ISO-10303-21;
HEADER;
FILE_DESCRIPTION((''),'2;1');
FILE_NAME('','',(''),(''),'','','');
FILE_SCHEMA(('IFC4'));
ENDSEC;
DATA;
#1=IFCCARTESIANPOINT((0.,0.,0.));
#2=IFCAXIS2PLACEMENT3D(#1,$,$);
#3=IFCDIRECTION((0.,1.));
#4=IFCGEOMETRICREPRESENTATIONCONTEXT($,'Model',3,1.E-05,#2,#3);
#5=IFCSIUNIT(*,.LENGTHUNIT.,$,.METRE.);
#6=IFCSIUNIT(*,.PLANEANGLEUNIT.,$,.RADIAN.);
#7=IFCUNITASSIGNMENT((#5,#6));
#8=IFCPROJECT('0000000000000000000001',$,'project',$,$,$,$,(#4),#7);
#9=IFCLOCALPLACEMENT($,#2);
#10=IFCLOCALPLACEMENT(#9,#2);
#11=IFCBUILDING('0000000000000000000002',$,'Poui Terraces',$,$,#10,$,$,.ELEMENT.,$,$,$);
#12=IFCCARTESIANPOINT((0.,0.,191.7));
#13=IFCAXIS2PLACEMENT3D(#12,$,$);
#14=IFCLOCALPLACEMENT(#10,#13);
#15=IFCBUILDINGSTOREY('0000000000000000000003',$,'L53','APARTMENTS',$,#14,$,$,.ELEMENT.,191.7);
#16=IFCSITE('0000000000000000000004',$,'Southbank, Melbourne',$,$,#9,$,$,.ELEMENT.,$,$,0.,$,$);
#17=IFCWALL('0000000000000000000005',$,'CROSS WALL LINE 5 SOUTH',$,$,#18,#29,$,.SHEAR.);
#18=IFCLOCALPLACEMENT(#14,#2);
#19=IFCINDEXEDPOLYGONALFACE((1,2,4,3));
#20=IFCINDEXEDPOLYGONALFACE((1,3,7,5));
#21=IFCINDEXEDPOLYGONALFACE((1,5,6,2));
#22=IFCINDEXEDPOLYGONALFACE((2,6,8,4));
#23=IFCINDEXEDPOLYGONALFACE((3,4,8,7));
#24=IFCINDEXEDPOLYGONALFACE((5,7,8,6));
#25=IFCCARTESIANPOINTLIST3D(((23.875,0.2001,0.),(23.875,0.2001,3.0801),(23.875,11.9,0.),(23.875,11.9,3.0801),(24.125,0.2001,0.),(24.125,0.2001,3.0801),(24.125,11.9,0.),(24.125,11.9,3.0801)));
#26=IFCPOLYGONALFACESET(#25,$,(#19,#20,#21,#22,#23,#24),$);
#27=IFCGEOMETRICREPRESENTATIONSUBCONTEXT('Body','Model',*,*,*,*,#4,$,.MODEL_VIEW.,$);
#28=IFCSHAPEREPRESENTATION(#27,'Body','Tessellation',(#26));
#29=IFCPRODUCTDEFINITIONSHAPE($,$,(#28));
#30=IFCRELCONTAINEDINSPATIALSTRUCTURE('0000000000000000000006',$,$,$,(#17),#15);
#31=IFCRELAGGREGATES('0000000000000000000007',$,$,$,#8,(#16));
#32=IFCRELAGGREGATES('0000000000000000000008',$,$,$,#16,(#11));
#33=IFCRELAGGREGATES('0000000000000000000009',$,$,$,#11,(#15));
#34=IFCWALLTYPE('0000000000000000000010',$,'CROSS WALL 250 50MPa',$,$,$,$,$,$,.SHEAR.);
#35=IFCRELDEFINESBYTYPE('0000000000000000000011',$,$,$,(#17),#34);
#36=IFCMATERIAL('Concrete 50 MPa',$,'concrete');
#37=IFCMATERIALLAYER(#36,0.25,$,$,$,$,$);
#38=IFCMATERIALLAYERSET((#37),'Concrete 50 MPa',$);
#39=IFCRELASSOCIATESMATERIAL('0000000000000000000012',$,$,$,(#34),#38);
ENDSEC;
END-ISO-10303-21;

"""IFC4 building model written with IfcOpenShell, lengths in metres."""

from ifc_helpers import new_model, si_unit, direction, frame, frame_2d, origin, place, context, subcontext, project, spatial, rectangle, extrude, material, layer, layer_set, type_object, element, save


model = new_model("IFC4")

# Units and contexts
model_context = context("Model", 3, precision=1e-05, world=origin(), true_north=direction((0.0, 1.0)))
body_context = subcontext(model_context, "Body", "Model", "MODEL_VIEW")
ifc_project = project(units=[si_unit("LENGTHUNIT", "METRE"), si_unit("PLANEANGLEUNIT", "RADIAN")], contexts=[model_context])

# Site, building, storey
site_placement = place(None, origin())
site = spatial("IfcSite", under=ifc_project, at=site_placement, Name="Southbank, Melbourne", CompositionType="ELEMENT", RefElevation=0.0)
building_placement = place(site_placement, origin())
building = spatial("IfcBuilding", under=site, at=building_placement, Name="Poui Terraces", CompositionType="ELEMENT")
storey_placement = place(building_placement, frame((0.0, 0.0, 191.7)))
storey = spatial("IfcBuildingStorey", under=building, at=storey_placement, Name="L53", Description="APARTMENTS", CompositionType="ELEMENT", Elevation=191.7)

# Wall
ifc_material_1 = material(Name="Concrete 50 MPa", Category="concrete")
ifc_layer_1 = layer(ifc_material_1, 0.25)
ifc_layer_set_1 = layer_set([ifc_layer_1], Name="Concrete 50 MPa")
wall_type_1 = type_object("IfcWallType", Name="CROSS WALL 250 50MPa", PredefinedType="SHEAR", material=ifc_layer_set_1)
wall_1_placement = place(storey_placement, frame((24.0, 0.2, 0.0), z_axis=(0.0, 0.0, 1.0), x_axis=(0.0, 1.0, 0.0)))
element("IfcWall", 1, at=wall_1_placement, inside=storey, type_object=wall_type_1, Name="CROSS WALL LINE 5 SOUTH", PredefinedType="SHEAR", context=body_context, shape_type="SweptSolid", body=[
    extrude(rectangle(XDim=11.7, YDim=0.25, at=frame_2d((5.8501, 0.0))), origin(), (0.0, 0.0, 1.0), 3.0801),
])

save(model, "model.ifc")
